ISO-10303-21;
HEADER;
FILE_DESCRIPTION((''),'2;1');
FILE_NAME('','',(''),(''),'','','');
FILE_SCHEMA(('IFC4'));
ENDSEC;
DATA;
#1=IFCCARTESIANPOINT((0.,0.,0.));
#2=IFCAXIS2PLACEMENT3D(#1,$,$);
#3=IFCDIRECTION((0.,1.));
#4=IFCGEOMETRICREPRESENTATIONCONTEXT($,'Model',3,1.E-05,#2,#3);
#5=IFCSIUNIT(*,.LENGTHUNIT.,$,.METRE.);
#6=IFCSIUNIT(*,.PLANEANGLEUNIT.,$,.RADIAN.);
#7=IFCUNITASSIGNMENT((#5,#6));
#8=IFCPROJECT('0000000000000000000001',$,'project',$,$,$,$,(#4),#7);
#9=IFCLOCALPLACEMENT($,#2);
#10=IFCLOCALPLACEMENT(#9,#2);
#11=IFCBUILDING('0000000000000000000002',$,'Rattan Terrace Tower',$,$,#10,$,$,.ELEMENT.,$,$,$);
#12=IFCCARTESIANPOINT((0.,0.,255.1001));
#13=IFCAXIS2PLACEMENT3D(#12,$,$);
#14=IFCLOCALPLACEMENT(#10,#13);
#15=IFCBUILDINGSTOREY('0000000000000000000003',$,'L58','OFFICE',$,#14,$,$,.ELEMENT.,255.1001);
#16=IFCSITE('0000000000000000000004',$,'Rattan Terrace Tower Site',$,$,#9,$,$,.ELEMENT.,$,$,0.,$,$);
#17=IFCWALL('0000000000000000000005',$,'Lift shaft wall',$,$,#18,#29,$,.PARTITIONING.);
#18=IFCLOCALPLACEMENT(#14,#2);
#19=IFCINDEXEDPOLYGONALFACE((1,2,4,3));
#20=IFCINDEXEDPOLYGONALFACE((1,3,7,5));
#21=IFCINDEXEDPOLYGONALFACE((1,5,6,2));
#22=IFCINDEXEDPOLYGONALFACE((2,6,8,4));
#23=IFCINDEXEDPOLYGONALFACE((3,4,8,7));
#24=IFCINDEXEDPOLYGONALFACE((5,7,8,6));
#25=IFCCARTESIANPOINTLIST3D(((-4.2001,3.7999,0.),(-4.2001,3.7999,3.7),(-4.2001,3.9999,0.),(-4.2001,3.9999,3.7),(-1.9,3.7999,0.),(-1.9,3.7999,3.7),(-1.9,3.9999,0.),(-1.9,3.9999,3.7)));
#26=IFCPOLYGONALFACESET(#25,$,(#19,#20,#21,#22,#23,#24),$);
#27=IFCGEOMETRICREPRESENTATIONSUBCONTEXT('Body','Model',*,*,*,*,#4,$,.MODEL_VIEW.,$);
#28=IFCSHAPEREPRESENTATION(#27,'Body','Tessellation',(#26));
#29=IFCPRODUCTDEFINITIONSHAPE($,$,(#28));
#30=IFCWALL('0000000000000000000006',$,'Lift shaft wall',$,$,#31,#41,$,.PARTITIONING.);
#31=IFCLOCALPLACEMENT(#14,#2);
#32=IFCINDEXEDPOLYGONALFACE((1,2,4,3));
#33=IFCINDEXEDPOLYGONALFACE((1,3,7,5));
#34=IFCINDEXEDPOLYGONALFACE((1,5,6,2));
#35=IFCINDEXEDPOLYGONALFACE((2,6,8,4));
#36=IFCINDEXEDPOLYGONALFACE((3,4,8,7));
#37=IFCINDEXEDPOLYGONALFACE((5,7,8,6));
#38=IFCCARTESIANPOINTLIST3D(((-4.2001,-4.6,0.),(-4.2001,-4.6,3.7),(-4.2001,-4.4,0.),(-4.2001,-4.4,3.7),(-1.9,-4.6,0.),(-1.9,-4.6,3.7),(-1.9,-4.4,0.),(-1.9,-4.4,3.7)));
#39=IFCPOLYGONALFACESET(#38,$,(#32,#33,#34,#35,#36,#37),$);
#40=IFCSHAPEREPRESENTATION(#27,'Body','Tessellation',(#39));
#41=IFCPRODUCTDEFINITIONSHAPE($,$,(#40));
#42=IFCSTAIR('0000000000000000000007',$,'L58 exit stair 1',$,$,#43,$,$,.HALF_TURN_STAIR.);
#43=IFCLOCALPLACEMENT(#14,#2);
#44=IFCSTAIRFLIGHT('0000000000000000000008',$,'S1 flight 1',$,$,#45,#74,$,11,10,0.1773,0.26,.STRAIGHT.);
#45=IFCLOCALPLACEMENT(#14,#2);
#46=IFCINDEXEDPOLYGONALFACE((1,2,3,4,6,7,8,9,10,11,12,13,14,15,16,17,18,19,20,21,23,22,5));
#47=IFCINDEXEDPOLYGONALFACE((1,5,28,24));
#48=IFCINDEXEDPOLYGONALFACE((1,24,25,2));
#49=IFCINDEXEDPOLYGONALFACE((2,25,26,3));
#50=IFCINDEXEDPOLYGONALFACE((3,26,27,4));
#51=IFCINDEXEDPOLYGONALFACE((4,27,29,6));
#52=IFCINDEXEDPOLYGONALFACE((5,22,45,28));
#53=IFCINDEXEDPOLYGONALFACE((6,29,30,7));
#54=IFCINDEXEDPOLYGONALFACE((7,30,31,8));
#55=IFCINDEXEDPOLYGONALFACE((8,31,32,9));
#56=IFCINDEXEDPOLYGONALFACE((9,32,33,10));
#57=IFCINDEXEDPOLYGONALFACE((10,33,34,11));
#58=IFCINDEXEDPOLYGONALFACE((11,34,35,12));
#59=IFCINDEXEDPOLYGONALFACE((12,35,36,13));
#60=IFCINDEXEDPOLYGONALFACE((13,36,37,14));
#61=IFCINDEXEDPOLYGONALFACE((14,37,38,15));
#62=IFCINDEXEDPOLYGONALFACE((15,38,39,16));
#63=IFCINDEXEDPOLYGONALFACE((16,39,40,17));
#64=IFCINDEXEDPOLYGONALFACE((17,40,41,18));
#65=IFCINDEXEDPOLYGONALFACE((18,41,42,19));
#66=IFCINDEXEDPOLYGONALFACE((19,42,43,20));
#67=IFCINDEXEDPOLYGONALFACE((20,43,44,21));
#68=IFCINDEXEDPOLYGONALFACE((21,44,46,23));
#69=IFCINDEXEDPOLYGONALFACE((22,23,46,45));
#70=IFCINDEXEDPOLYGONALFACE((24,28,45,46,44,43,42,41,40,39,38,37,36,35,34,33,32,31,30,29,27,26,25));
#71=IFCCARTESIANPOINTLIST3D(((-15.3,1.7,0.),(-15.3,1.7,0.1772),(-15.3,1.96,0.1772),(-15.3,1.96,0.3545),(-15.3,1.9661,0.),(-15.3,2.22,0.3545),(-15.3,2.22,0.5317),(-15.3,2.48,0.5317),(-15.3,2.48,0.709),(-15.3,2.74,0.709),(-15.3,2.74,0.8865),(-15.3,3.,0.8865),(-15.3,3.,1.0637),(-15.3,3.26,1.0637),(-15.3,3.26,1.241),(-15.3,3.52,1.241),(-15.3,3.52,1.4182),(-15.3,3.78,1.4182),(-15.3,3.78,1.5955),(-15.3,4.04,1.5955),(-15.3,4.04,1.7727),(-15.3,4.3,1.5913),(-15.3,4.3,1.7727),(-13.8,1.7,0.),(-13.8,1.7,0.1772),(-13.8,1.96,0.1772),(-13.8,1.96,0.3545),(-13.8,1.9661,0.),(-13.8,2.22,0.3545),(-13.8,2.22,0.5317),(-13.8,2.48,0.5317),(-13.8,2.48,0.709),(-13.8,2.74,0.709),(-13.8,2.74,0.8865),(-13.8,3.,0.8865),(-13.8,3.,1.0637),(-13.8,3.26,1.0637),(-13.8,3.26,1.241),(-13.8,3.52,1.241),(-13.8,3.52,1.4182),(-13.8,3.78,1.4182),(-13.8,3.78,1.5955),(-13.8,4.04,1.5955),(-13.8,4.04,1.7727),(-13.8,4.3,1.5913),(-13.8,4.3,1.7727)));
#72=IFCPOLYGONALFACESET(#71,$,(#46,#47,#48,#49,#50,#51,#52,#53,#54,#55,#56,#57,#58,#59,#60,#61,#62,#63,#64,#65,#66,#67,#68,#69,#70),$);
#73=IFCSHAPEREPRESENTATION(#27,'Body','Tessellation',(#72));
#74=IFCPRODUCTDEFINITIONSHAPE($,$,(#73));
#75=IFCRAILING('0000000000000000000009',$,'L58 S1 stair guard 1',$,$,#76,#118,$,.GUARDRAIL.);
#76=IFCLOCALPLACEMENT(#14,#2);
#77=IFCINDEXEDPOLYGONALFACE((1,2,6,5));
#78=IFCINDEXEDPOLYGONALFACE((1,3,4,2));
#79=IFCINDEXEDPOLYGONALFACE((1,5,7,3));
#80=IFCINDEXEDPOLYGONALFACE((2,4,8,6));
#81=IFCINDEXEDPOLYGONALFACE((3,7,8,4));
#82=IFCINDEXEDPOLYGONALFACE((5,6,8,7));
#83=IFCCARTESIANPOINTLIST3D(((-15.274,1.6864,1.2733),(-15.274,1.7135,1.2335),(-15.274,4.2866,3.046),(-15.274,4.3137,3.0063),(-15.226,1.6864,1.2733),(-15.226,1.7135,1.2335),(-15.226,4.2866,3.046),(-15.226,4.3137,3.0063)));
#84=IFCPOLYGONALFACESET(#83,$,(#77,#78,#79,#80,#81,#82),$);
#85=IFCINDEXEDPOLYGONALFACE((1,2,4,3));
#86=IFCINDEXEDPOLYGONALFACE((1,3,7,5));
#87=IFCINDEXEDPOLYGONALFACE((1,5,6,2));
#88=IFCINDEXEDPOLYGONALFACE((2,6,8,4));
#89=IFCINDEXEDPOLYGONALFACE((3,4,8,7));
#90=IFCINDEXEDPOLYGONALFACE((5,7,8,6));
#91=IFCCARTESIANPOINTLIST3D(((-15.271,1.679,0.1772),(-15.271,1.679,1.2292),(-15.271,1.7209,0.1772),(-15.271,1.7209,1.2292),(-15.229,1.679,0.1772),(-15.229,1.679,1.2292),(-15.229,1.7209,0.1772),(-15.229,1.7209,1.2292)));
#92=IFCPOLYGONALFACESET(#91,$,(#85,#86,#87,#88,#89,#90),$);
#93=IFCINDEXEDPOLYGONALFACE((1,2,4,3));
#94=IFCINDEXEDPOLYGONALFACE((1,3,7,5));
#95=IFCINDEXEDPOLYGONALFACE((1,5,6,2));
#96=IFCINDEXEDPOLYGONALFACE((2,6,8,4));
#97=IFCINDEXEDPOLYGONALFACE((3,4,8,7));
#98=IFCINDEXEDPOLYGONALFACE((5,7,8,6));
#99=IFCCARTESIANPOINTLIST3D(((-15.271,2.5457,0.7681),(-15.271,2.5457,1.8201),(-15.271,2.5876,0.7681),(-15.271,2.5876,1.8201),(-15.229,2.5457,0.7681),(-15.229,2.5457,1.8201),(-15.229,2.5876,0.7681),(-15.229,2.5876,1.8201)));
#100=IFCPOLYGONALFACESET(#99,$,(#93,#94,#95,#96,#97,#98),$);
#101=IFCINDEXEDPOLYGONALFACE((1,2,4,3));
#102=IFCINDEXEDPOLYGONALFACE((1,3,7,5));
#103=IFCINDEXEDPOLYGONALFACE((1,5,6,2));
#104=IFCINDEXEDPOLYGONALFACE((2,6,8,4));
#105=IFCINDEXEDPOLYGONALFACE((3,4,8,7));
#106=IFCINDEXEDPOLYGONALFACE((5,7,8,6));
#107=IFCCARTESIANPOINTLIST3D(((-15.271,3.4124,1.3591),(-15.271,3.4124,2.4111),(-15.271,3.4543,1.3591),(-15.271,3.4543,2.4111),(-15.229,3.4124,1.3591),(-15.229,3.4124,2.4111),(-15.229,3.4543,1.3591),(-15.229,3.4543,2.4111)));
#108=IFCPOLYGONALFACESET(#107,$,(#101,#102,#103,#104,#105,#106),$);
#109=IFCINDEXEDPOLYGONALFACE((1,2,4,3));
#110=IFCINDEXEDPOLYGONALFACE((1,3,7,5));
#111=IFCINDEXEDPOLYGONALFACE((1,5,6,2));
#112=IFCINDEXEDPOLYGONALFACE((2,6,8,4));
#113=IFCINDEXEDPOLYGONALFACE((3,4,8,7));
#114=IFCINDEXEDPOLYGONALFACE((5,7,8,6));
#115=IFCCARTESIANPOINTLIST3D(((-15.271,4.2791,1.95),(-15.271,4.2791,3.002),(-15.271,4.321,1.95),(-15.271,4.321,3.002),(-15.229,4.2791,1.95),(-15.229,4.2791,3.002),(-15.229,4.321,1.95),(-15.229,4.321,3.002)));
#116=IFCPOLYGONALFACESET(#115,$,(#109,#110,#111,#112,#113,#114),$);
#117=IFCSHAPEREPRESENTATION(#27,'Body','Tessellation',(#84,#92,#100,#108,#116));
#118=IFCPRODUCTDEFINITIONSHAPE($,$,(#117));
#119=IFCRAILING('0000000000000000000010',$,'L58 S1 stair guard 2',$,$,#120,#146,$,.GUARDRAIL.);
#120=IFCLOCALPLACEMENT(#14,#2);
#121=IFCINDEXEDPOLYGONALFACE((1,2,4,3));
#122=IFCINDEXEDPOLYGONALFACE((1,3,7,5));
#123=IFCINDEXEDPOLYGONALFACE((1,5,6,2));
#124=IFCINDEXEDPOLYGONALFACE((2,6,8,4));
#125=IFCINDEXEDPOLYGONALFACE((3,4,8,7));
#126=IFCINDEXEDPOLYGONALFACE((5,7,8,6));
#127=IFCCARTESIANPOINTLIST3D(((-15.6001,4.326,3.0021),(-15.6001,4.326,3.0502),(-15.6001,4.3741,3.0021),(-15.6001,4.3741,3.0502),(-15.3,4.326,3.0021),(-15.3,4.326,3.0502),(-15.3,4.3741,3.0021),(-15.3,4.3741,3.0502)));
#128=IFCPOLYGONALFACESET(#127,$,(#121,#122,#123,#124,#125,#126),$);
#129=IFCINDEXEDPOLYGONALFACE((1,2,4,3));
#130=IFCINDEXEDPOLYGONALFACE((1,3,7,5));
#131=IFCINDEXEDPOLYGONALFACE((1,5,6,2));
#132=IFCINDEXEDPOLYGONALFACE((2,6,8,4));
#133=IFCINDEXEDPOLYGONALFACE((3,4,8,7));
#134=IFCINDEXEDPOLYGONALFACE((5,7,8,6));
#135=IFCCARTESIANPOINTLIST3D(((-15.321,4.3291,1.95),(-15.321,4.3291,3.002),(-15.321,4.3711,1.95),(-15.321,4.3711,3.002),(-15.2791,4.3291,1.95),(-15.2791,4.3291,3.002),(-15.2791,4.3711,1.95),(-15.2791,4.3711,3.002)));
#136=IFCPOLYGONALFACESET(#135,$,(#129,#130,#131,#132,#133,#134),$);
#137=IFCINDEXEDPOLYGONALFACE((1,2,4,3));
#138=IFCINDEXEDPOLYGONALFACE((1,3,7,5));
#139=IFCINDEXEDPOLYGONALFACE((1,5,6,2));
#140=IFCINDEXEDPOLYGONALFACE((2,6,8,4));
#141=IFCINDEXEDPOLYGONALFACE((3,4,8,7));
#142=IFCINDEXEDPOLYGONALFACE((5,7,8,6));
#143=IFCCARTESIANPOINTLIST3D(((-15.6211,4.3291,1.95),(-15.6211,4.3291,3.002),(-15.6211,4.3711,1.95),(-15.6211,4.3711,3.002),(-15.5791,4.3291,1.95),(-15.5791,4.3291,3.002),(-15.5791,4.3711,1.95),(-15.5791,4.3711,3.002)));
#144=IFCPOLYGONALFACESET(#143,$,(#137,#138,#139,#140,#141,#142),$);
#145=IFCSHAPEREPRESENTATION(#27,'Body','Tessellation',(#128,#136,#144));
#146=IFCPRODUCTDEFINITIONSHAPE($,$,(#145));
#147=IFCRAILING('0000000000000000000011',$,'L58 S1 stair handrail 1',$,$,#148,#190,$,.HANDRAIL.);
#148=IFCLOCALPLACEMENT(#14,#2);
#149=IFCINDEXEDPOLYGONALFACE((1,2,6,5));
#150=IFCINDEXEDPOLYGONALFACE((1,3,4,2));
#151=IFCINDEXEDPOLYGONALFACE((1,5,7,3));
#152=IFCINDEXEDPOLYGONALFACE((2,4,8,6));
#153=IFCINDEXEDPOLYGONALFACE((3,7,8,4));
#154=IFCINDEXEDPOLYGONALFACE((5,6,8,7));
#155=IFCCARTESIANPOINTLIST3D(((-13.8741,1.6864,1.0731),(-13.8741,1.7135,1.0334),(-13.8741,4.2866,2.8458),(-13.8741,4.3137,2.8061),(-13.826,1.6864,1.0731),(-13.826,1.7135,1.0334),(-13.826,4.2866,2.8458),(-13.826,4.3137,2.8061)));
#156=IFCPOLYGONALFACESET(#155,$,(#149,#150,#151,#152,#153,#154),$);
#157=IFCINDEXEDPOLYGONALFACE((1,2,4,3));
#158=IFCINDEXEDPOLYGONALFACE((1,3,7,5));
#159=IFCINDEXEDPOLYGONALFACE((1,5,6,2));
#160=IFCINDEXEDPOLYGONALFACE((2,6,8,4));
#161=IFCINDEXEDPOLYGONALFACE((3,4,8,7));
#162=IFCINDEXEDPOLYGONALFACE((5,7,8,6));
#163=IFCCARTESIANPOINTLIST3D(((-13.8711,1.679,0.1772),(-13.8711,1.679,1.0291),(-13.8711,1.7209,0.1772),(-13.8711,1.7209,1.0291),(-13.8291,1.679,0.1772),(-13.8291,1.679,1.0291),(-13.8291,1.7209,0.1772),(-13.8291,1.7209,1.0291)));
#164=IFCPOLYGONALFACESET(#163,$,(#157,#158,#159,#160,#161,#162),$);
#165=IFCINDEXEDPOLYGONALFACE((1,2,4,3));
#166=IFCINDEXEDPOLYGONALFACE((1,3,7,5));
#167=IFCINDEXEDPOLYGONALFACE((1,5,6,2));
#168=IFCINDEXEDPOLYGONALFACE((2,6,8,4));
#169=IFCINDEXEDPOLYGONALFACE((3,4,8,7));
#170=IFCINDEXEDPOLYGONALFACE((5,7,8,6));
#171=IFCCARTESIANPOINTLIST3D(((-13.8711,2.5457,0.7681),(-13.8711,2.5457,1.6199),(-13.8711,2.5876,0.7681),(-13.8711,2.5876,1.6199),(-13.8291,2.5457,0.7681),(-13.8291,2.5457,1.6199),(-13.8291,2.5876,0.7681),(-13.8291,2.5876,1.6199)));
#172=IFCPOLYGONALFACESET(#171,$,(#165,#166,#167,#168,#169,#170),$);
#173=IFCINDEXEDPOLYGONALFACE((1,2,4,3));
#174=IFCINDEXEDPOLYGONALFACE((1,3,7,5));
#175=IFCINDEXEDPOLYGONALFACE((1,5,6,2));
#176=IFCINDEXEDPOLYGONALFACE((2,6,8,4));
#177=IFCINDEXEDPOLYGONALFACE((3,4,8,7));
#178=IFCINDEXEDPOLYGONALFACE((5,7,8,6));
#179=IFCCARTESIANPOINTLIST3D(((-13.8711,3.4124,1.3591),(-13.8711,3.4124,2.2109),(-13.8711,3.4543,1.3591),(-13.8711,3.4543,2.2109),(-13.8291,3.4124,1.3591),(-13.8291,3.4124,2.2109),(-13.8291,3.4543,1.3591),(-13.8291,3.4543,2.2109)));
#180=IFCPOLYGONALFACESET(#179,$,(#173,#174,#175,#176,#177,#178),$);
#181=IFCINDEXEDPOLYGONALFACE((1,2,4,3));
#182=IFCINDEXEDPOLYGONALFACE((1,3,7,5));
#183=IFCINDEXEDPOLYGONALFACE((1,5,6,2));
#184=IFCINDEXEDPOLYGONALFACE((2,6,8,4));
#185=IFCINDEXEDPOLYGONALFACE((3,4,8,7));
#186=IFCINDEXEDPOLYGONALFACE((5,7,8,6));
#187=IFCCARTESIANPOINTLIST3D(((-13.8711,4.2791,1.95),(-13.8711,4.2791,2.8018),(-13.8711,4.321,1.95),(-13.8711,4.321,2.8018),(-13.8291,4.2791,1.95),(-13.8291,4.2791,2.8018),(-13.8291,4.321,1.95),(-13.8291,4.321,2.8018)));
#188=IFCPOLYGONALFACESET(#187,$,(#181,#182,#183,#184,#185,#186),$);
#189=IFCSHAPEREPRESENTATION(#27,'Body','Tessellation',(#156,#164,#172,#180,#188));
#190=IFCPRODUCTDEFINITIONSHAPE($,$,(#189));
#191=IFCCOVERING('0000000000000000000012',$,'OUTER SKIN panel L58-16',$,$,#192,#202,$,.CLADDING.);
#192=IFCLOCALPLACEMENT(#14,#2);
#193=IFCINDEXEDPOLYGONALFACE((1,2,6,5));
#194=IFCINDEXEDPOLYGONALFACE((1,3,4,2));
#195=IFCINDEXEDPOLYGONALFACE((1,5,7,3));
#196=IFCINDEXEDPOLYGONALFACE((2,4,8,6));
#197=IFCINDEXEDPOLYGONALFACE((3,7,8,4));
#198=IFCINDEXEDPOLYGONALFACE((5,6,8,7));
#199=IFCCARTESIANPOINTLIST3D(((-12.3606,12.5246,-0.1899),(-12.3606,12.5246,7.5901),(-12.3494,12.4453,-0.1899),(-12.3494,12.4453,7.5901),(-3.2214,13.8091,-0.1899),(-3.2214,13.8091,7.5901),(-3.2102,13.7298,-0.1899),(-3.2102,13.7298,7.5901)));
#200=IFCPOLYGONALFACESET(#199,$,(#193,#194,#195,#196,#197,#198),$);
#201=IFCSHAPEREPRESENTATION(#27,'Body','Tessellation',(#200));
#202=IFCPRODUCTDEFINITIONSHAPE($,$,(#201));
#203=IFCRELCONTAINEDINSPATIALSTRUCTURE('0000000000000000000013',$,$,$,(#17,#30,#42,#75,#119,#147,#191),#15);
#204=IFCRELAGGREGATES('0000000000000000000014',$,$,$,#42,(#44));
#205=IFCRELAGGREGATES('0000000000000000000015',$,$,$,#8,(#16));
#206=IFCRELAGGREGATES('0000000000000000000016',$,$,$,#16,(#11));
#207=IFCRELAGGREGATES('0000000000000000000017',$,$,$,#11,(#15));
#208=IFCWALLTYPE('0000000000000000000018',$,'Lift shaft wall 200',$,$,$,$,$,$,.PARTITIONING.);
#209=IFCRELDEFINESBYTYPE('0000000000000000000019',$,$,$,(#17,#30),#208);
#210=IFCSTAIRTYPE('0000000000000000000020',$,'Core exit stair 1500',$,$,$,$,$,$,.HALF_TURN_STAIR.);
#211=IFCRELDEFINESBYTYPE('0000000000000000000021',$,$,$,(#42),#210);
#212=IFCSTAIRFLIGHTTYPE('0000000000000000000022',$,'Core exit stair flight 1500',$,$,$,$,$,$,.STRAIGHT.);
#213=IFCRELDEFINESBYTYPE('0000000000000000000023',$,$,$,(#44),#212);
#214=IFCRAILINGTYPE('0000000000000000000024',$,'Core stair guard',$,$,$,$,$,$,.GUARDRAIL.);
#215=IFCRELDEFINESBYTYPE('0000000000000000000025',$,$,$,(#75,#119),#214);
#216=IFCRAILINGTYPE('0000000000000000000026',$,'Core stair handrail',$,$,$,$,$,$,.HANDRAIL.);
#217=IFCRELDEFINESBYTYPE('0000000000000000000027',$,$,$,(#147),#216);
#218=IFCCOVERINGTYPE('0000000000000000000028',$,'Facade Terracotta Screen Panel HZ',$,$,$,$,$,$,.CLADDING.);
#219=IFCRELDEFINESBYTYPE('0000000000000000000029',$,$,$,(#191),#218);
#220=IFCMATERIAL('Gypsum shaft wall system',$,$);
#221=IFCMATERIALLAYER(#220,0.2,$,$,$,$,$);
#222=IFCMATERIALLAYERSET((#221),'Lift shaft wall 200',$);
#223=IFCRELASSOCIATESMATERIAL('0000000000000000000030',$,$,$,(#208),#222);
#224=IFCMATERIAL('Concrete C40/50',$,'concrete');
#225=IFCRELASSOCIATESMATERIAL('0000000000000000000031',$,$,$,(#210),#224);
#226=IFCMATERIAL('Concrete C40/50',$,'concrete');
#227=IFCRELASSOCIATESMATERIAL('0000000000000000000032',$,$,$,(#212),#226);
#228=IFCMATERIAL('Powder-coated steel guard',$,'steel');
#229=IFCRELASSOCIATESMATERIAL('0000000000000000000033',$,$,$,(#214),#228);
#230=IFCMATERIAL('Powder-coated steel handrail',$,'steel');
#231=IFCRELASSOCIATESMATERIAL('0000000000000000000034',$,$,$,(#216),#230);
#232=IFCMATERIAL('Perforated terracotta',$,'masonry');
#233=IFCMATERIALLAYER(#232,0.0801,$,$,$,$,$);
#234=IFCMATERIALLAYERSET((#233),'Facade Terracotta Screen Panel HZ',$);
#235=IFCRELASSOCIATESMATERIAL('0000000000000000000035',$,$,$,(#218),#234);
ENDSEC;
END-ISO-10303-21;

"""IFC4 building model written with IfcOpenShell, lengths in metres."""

from ifc_helpers import new_model, si_unit, direction, frame, frame_2d, origin, origin_2d, place, context, subcontext, project, spatial, polyline, rectangle, outline, extrude, material, layer, layer_set, type_object, element, aggregate, save


model = new_model("IFC4")

# Units and contexts
model_context = context("Model", 3, precision=1e-05, world=origin(), true_north=direction((0.0, 1.0)))
body_context = subcontext(model_context, "Body", "Model", "MODEL_VIEW")
ifc_project = project(units=[si_unit("LENGTHUNIT", "METRE"), si_unit("PLANEANGLEUNIT", "RADIAN")], contexts=[model_context])

# Site, building, storey
site_placement = place(None, origin())
site = spatial("IfcSite", under=ifc_project, at=site_placement, Name="Rattan Terrace Tower Site", CompositionType="ELEMENT", RefElevation=0.0)
building_placement = place(site_placement, origin())
building = spatial("IfcBuilding", under=site, at=building_placement, Name="Rattan Terrace Tower", CompositionType="ELEMENT")
storey_placement = place(building_placement, frame((0.0, 0.0, 255.1001)))
storey = spatial("IfcBuildingStorey", under=building, at=storey_placement, Name="L58", Description="OFFICE", CompositionType="ELEMENT", Elevation=255.1001)

# Walls
ifc_material_1 = material(Name="Gypsum shaft wall system")
ifc_layer_1 = layer(ifc_material_1, 0.2)
ifc_layer_set_1 = layer_set([ifc_layer_1], Name="Lift shaft wall 200")
wall_type_1 = type_object("IfcWallType", Name="Lift shaft wall 200", PredefinedType="PARTITIONING", material=ifc_layer_set_1)
for number, where, z_axis, x_axis, name in (
    (1, (-4.2, 3.8999, 0.0), (0.0, 0.0, 1.0), (1.0, 0.0, 0.0), "Lift shaft wall"),
    (2, (-4.2, -4.5, 0.0), (0.0, 0.0, 1.0), (1.0, 0.0, 0.0), "Lift shaft wall"),
):
    element("IfcWall", number, at=place(storey_placement, frame(where, z_axis=z_axis, x_axis=x_axis)), inside=storey, type_object=wall_type_1, Name=name, PredefinedType="PARTITIONING", context=body_context, shape_type="SweptSolid", body=[
        extrude(rectangle(XDim=2.3, YDim=0.2, at=frame_2d((1.1499, 0.0))), origin(), (0.0, 0.0, 1.0), 3.7),
    ])

# Stair, stair flight
ifc_material_2 = material(Name="Concrete C40/50", Category="concrete")
stair_type = type_object("IfcStairType", Name="Core exit stair 1500", PredefinedType="HALF_TURN_STAIR", material=ifc_material_2)
stair_placement = place(storey_placement, origin())
stair = element("IfcStair", 3, at=stair_placement, inside=storey, type_object=stair_type, Name="L58 exit stair 1", PredefinedType="HALF_TURN_STAIR")
ifc_material_3 = material(Name="Concrete C40/50", Category="concrete")
stair_flight_type = type_object("IfcStairFlightType", Name="Core exit stair flight 1500", PredefinedType="STRAIGHT", material=ifc_material_3)
stair_flight_placement = place(storey_placement, frame((-14.55, 1.7, 0.0), z_axis=(0.0, 0.0, 1.0), x_axis=(0.0, 1.0, 0.0)))
stair_flight = element("IfcStairFlight", 4, at=stair_flight_placement, type_object=stair_flight_type, Name="S1 flight 1", NumberOfRisers=11, NumberOfTreads=10, PredefinedType="STRAIGHT", RiserHeight=0.1773, TreadLength=0.26, context=body_context, shape_type="SweptSolid", body=[
    extrude(outline(polyline([(0.0, 0.0), (0.0, 0.1772), (0.26, 0.1772), (0.26, 0.3545), (0.52, 0.3545), (0.52, 0.5317), (0.78, 0.5317), (0.78, 0.709), (1.04, 0.709), (1.04, 0.8865), (1.3, 0.8865), (1.3, 1.0637), (1.5601, 1.0637), (1.5601, 1.241), (1.8201, 1.241), (1.8201, 1.4182), (2.0801, 1.4182), (2.0801, 1.5955), (2.3401, 1.5955), (2.3401, 1.7727), (2.6001, 1.7727), (2.6001, 1.95), (2.6001, 1.5913), (0.2661, 0.0), (0.0, 0.0)])), frame((0.0, 0.75, 0.0), z_axis=(0.0, -1.0, 0.0), x_axis=(1.0, 0.0, 0.0)), (0.0, 0.0, 1.0), 1.5),
])
aggregate(stair, [stair_flight])

# Railings
ifc_material_4 = material(Name="Powder-coated steel guard", Category="steel")
railing_type_1 = type_object("IfcRailingType", Name="Core stair guard", PredefinedType="GUARDRAIL", material=ifc_material_4)
railing_1_placement = place(storey_placement, frame((-15.25, 1.7, 0.1772)))
element("IfcRailing", 5, at=railing_1_placement, inside=storey, type_object=railing_type_1, Name="L58 S1 stair guard 1", PredefinedType="GUARDRAIL", context=body_context, shape_type="SweptSolid", body=[
    extrude(rectangle(XDim=0.0481, YDim=0.0481, at=origin_2d()), frame((0.0, 0.0, 1.0762), z_axis=(0.0, 0.82624, 0.563318), x_axis=(-1.0, 0.0, 0.0)), (0.0, 0.0, 1.0), 3.147),
    extrude(rectangle(XDim=0.042, YDim=0.042, at=origin_2d()), origin(), (0.0, 0.0, 1.0), 1.052),
    extrude(rectangle(XDim=0.042, YDim=0.042, at=origin_2d()), frame((0.0, 0.8667, 0.5908)), (0.0, 0.0, 1.0), 1.052),
    extrude(rectangle(XDim=0.042, YDim=0.042, at=origin_2d()), frame((0.0, 1.7334, 1.1819)), (0.0, 0.0, 1.0), 1.052),
    extrude(rectangle(XDim=0.042, YDim=0.042, at=origin_2d()), frame((0.0, 2.6001, 1.7727)), (0.0, 0.0, 1.0), 1.052),
])
railing_2_placement = place(storey_placement, frame((-15.3, 4.3501, 1.95)))
element("IfcRailing", 6, at=railing_2_placement, inside=storey, type_object=railing_type_1, Name="L58 S1 stair guard 2", PredefinedType="GUARDRAIL", context=body_context, shape_type="SweptSolid", body=[
    extrude(rectangle(XDim=0.0481, YDim=0.0481, at=origin_2d()), frame((0.0, 0.0, 1.0762), z_axis=(-1.0, 0.0, 0.0), x_axis=(0.0, -1.0, 0.0)), (0.0, 0.0, 1.0), 0.3),
    extrude(rectangle(XDim=0.042, YDim=0.042, at=origin_2d()), origin(), (0.0, 0.0, 1.0), 1.052),
    extrude(rectangle(XDim=0.042, YDim=0.042, at=origin_2d()), frame((-0.3, 0.0, 0.0)), (0.0, 0.0, 1.0), 1.052),
])
ifc_material_5 = material(Name="Powder-coated steel handrail", Category="steel")
railing_type_2 = type_object("IfcRailingType", Name="Core stair handrail", PredefinedType="HANDRAIL", material=ifc_material_5)
railing_3_placement = place(storey_placement, frame((-13.8501, 1.7, 0.1772)))
element("IfcRailing", 7, at=railing_3_placement, inside=storey, type_object=railing_type_2, Name="L58 S1 stair handrail 1", PredefinedType="HANDRAIL", context=body_context, shape_type="SweptSolid", body=[
    extrude(rectangle(XDim=0.0481, YDim=0.0481, at=origin_2d()), frame((0.0, 0.0, 0.876), z_axis=(0.0, 0.82624, 0.563318), x_axis=(-1.0, 0.0, 0.0)), (0.0, 0.0, 1.0), 3.147),
    extrude(rectangle(XDim=0.042, YDim=0.042, at=origin_2d()), origin(), (0.0, 0.0, 1.0), 0.8518),
    extrude(rectangle(XDim=0.042, YDim=0.042, at=origin_2d()), frame((0.0, 0.8667, 0.5908)), (0.0, 0.0, 1.0), 0.8518),
    extrude(rectangle(XDim=0.042, YDim=0.042, at=origin_2d()), frame((0.0, 1.7334, 1.1819)), (0.0, 0.0, 1.0), 0.8518),
    extrude(rectangle(XDim=0.042, YDim=0.042, at=origin_2d()), frame((0.0, 2.6001, 1.7727)), (0.0, 0.0, 1.0), 0.8518),
])

# Covering
ifc_material_6 = material(Name="Perforated terracotta", Category="masonry")
ifc_layer_2 = layer(ifc_material_6, 0.0801)
ifc_layer_set_2 = layer_set([ifc_layer_2], Name="Facade Terracotta Screen Panel HZ")
covering_type = type_object("IfcCoveringType", Name="Facade Terracotta Screen Panel HZ", PredefinedType="CLADDING", material=ifc_layer_set_2)
covering_placement = place(storey_placement, frame((-7.7854, 13.1272, -0.1899), z_axis=(0.0, 0.0, 1.0), x_axis=(-0.990266, -0.139189, 0.0)))
element("IfcCovering", 8, at=covering_placement, inside=storey, type_object=covering_type, Name="OUTER SKIN panel L58-16", PredefinedType="CLADDING", context=body_context, shape_type="SweptSolid", body=[
    extrude(rectangle(XDim=9.229, YDim=0.0801, at=origin_2d()), origin(), (0.0, 0.0, 1.0), 7.78),
])

save(model, "model.ifc")
